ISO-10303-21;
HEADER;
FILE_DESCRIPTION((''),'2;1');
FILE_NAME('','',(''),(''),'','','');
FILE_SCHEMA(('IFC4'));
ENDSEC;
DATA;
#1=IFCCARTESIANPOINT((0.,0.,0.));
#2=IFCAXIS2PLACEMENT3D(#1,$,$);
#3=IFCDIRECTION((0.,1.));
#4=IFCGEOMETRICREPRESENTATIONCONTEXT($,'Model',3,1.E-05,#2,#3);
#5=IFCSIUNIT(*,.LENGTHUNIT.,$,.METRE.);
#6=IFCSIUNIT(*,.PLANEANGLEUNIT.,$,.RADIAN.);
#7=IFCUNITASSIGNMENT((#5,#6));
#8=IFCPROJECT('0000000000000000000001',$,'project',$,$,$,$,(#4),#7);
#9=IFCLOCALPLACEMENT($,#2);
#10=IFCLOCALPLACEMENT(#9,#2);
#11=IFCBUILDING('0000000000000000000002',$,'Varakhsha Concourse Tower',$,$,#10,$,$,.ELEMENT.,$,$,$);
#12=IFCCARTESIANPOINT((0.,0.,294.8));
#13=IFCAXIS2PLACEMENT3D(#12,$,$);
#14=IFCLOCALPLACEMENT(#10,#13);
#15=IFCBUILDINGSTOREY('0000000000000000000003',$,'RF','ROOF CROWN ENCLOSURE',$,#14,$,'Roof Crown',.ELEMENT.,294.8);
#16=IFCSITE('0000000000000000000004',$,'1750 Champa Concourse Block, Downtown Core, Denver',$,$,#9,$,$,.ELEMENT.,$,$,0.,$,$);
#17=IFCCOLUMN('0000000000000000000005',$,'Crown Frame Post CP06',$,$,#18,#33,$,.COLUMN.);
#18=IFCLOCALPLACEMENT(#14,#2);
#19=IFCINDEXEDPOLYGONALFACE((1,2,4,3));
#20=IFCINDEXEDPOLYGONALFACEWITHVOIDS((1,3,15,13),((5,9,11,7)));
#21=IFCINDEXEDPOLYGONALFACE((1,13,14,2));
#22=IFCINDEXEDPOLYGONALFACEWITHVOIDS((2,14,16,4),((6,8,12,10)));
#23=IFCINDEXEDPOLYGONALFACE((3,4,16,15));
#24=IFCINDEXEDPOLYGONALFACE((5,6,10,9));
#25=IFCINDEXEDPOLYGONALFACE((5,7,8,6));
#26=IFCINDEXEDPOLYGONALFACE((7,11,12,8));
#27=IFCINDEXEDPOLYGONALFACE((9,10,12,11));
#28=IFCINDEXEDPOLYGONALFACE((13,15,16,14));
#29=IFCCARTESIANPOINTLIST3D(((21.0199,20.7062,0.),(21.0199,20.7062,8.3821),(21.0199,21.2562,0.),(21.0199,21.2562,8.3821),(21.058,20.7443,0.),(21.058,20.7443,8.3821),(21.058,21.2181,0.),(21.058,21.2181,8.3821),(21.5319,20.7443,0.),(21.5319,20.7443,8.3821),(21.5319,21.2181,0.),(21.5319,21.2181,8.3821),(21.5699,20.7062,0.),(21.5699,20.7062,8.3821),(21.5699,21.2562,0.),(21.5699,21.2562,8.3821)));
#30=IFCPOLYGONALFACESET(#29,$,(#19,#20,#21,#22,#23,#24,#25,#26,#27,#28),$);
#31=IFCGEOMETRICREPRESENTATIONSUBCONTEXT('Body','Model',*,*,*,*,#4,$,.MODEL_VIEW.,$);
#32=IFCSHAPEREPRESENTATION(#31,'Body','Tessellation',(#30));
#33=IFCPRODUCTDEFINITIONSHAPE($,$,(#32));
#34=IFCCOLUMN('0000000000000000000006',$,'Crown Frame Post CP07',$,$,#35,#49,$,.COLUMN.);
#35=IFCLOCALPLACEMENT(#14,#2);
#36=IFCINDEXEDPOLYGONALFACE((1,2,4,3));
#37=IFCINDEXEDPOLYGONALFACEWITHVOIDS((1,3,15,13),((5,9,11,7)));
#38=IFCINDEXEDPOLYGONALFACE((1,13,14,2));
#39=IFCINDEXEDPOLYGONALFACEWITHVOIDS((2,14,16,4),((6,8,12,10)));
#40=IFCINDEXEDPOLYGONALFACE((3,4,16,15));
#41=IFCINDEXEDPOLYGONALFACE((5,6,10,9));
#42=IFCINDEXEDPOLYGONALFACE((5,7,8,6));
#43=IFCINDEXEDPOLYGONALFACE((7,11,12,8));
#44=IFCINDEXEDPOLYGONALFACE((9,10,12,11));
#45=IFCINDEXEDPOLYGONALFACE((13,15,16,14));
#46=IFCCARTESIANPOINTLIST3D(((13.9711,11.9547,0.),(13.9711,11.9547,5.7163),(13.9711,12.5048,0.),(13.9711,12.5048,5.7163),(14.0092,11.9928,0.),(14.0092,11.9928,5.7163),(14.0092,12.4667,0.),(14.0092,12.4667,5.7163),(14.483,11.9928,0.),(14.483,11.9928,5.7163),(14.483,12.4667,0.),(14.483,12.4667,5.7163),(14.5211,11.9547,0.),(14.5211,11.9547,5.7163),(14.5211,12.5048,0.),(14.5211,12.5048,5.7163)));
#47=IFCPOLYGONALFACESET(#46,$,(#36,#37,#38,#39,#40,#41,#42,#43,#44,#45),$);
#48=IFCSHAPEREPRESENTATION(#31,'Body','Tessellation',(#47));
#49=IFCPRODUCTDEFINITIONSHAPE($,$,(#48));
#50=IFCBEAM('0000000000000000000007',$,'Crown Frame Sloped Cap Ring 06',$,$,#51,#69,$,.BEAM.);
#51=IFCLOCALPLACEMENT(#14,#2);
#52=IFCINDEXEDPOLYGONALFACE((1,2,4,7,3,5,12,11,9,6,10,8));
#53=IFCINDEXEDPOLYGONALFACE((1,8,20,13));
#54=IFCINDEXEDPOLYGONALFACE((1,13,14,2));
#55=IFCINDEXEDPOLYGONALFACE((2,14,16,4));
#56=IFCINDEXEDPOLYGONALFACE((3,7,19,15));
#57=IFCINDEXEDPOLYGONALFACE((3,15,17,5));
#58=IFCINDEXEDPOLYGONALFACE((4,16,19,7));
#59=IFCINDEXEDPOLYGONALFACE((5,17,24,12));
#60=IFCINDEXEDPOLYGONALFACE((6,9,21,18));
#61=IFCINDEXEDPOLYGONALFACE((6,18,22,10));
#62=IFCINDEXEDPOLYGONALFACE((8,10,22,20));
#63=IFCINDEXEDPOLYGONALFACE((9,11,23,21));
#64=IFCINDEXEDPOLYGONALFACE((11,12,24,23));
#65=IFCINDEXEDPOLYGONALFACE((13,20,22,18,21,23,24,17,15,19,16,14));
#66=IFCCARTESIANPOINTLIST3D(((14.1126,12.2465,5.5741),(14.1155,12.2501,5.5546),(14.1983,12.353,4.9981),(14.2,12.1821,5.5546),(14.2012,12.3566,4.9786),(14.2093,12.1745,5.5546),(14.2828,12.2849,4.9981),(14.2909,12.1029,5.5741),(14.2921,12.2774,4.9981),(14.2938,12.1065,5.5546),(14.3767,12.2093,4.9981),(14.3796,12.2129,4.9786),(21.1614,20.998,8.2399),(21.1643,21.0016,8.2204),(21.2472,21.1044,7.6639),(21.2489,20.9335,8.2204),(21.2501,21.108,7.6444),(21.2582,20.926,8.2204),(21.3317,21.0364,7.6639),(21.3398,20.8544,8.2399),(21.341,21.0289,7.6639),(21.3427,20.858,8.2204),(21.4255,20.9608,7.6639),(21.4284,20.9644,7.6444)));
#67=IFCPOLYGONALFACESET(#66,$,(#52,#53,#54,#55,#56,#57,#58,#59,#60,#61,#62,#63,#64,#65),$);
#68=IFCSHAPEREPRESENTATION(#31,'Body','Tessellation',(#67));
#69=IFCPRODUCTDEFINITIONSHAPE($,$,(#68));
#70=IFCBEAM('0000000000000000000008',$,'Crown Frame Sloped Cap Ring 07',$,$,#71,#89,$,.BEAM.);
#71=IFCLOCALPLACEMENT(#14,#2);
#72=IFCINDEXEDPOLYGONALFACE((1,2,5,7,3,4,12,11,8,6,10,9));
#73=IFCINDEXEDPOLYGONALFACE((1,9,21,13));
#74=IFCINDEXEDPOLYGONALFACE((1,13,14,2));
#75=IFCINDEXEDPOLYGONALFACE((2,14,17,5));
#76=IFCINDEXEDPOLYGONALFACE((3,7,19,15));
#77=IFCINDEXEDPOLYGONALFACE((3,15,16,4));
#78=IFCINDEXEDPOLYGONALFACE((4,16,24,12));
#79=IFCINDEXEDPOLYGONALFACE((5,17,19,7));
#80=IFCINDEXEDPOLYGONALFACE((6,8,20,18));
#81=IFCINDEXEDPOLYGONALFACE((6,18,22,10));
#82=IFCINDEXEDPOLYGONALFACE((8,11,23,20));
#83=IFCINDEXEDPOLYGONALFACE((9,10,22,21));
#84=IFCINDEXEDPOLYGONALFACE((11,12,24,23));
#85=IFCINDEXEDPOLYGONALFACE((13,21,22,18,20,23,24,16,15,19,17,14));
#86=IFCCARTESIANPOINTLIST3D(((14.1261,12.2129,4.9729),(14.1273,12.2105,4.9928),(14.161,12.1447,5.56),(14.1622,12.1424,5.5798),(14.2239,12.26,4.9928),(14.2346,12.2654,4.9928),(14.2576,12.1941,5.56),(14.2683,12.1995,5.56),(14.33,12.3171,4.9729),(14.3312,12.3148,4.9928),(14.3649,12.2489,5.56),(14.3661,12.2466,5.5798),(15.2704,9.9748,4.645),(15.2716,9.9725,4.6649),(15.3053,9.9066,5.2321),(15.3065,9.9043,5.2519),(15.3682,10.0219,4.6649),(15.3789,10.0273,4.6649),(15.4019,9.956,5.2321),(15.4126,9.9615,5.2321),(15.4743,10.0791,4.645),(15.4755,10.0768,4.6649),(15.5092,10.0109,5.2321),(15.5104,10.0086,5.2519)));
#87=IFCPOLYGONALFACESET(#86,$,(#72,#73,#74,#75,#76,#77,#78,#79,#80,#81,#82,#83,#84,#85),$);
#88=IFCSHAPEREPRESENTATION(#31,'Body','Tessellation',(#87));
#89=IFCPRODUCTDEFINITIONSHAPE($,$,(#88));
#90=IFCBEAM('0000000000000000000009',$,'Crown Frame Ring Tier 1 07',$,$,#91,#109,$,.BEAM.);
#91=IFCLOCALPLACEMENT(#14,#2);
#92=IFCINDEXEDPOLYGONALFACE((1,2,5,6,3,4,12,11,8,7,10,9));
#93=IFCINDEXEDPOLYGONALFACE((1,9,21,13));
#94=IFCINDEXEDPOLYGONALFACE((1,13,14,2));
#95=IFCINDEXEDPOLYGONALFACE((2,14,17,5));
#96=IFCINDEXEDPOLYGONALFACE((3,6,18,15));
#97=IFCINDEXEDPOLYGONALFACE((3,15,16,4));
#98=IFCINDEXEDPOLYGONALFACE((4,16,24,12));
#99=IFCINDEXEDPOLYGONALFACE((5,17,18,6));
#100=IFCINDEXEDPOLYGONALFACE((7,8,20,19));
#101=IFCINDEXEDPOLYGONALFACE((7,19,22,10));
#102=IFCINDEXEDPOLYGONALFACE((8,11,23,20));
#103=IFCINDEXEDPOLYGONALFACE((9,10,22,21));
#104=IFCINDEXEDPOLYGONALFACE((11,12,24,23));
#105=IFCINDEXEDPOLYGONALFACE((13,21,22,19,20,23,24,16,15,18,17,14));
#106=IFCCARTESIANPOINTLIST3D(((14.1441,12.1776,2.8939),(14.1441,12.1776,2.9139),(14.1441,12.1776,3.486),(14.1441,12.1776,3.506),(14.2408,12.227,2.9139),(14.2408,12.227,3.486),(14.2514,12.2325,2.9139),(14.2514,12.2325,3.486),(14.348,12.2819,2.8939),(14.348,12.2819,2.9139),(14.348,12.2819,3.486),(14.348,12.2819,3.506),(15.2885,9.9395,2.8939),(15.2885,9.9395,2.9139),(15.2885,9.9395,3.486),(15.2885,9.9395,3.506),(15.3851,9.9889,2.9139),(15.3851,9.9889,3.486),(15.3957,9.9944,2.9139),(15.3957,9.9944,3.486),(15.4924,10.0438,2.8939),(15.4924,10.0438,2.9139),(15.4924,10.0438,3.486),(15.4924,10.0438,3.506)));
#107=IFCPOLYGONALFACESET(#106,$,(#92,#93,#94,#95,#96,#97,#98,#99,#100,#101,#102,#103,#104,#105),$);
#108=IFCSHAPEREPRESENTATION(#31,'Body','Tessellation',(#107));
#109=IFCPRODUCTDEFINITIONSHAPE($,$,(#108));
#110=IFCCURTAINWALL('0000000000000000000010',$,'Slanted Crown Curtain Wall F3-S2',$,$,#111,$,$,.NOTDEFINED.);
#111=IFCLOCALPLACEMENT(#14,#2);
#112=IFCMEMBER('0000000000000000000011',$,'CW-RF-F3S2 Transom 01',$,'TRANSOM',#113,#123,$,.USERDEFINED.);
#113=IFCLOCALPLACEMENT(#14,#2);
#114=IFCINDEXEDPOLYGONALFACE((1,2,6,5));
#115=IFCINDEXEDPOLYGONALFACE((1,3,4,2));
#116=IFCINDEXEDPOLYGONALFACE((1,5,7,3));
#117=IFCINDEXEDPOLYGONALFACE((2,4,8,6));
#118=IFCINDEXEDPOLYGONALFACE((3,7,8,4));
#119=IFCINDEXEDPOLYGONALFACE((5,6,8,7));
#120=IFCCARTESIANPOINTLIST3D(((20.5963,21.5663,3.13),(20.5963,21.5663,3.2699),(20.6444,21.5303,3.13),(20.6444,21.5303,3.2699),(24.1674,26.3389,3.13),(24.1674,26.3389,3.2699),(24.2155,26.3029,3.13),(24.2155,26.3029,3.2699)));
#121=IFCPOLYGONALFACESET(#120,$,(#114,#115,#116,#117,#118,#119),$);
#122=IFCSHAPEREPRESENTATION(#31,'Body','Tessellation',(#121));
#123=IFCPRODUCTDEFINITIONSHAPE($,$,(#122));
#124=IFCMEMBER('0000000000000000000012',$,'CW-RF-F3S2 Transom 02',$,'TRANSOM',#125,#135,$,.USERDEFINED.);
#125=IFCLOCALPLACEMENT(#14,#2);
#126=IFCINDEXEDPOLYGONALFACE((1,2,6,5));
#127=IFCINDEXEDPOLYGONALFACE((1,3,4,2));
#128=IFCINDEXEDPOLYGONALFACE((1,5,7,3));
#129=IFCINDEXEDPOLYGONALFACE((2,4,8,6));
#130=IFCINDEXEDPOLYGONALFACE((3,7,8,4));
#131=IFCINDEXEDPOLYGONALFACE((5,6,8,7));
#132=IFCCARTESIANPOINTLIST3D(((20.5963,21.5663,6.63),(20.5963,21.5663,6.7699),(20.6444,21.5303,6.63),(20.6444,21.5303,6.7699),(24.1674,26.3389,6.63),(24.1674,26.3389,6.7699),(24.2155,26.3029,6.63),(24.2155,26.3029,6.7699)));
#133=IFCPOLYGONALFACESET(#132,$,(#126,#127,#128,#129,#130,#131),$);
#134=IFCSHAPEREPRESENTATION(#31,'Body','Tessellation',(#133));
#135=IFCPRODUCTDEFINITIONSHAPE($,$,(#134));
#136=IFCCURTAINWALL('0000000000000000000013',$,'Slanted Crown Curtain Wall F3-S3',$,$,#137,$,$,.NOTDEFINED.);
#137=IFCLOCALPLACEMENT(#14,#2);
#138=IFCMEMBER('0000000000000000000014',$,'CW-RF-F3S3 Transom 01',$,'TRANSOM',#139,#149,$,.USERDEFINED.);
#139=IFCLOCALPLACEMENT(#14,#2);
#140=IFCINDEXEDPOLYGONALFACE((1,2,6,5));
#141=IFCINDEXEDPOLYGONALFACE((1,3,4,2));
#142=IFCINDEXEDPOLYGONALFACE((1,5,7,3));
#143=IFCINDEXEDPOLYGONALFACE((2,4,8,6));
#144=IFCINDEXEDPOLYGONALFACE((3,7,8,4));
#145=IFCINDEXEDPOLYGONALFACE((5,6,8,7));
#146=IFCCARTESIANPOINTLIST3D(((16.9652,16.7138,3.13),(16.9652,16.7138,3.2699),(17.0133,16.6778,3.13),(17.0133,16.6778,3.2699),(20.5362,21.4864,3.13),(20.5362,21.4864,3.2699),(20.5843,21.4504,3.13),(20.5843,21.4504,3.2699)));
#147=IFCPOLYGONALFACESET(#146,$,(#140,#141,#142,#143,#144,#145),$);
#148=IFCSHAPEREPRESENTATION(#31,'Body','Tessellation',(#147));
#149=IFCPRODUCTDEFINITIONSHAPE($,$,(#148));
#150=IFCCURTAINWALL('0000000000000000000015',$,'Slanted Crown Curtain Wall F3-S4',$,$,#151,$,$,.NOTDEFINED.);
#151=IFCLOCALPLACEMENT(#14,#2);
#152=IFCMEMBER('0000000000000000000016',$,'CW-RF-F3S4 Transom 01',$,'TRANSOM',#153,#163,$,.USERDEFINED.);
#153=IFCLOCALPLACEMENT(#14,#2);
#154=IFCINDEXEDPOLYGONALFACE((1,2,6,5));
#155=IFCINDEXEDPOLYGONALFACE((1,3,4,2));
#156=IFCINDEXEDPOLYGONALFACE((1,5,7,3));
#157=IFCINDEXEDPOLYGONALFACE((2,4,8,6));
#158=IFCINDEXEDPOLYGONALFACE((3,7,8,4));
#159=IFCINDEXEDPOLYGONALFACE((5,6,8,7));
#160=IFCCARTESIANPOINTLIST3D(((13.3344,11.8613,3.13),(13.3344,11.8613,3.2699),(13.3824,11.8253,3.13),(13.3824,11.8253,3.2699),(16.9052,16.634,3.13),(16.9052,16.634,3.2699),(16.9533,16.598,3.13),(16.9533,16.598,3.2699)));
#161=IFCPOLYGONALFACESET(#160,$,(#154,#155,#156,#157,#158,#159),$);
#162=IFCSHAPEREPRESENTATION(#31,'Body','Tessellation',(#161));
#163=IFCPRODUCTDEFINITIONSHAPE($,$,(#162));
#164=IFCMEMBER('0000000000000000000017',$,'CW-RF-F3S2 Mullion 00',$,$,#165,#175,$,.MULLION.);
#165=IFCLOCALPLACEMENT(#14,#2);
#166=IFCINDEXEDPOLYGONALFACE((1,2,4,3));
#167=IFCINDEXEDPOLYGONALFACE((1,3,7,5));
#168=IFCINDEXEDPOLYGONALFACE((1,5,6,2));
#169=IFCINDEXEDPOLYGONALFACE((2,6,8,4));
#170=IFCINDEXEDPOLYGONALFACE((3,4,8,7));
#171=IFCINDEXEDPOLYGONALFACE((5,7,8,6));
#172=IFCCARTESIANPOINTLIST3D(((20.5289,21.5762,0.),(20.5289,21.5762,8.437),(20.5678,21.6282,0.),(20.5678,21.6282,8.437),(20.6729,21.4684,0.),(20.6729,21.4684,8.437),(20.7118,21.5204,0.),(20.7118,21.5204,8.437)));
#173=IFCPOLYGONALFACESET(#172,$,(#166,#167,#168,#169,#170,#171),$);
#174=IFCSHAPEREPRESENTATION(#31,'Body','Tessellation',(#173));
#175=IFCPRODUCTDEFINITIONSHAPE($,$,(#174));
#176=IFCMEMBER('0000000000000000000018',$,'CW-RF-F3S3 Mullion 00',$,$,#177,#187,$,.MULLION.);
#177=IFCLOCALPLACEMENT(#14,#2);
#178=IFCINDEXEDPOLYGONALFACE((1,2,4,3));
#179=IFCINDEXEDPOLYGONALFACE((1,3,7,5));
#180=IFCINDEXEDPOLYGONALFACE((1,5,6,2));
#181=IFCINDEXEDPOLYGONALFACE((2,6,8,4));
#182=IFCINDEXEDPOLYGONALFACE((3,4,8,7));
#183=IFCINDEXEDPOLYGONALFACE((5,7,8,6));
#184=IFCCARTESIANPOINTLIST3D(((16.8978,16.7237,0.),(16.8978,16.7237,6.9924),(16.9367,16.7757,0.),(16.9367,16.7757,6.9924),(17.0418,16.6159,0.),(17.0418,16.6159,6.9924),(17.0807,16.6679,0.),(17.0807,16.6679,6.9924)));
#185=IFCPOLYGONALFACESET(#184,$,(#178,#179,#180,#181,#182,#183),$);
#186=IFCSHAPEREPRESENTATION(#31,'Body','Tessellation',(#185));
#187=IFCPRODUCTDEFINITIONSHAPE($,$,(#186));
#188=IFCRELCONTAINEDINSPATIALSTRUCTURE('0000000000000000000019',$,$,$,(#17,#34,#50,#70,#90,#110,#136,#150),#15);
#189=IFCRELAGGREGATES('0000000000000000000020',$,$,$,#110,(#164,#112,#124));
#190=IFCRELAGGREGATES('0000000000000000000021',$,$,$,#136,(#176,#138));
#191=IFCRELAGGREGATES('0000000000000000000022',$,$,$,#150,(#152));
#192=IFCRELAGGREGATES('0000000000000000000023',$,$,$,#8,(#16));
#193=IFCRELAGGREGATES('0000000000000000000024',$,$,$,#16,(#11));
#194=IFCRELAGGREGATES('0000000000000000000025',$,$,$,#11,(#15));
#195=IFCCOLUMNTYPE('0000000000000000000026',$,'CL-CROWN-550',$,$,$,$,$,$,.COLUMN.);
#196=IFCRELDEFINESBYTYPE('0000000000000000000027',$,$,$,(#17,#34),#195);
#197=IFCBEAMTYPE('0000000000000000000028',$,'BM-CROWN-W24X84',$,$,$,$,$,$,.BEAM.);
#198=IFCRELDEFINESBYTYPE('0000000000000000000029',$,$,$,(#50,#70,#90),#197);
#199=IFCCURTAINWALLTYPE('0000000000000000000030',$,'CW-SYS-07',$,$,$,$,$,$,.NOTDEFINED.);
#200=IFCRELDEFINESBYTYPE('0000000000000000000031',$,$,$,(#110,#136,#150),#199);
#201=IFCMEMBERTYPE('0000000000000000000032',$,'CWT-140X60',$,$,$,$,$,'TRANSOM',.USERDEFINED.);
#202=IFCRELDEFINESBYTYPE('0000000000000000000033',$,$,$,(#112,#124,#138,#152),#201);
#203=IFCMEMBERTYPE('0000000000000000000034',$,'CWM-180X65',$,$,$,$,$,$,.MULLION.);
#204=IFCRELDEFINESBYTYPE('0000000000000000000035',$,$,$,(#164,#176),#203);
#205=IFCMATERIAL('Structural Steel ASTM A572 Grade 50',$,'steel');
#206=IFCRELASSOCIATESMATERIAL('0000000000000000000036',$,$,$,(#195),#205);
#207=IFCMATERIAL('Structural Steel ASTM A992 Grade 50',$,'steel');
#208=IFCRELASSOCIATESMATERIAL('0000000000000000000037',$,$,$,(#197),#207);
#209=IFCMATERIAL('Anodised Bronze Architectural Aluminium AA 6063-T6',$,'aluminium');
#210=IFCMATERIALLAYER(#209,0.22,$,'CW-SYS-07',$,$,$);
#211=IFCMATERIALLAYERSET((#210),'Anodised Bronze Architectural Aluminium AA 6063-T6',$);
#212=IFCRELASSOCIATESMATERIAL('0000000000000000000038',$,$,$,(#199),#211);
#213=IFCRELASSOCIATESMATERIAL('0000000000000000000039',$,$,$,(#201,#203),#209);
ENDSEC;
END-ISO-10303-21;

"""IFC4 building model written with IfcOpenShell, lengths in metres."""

from ifc_helpers import new_model, si_unit, direction, frame, origin, origin_2d, place, context, subcontext, project, spatial, rectangle, hollow_rectangle, i_section, extrude, source, transform, mapped, material, layer, layer_set, material_profile, profile_set, type_object, type_shapes, element, aggregate, save


model = new_model("IFC4")

# Units and contexts
model_context = context("Model", 3, precision=1e-05, world=origin(), true_north=direction((0.0, 1.0)))
body_context = subcontext(model_context, "Body", "Model", "MODEL_VIEW")
ifc_project = project(units=[si_unit("LENGTHUNIT", "METRE"), si_unit("PLANEANGLEUNIT", "RADIAN")], contexts=[model_context])

# Site, building, storey
site_placement = place(None, origin())
site = spatial("IfcSite", under=ifc_project, at=site_placement, Name="1750 Champa Concourse Block, Downtown Core, Denver", CompositionType="ELEMENT", RefElevation=0.0)
building_placement = place(site_placement, origin())
building = spatial("IfcBuilding", under=site, at=building_placement, Name="Varakhsha Concourse Tower", CompositionType="ELEMENT")
storey_placement = place(building_placement, frame((0.0, 0.0, 294.8)))
storey = spatial("IfcBuildingStorey", under=building, at=storey_placement, Name="RF", Description="ROOF CROWN ENCLOSURE", LongName="Roof Crown", CompositionType="ELEMENT", Elevation=294.8)

# Columns
ifc_material_1 = material(Name="Structural Steel ASTM A572 Grade 50", Category="steel")
ifc_material_profile_1 = material_profile(ifc_material_1, hollow_rectangle(XDim=0.55, YDim=0.55, WallThickness=0.0381, at=origin_2d()), Name="BOX 550x550x38")
ifc_profile_set_1 = profile_set([ifc_material_profile_1], Name="Structural Steel ASTM A572 Grade 50")
column_type = type_object("IfcColumnType", Name="CL-CROWN-550", PredefinedType="COLUMN", material=ifc_profile_set_1)
column_1_placement = place(storey_placement, frame((21.2949, 20.9812, 0.0), z_axis=(0.0, 0.0, 1.0), x_axis=(1.0, 0.0, 0.0)))
element("IfcColumn", 1, at=column_1_placement, inside=storey, type_object=column_type, Name="Crown Frame Post CP06", PredefinedType="COLUMN", context=body_context, shape_type="SweptSolid", body=[
    extrude(hollow_rectangle(XDim=0.55, YDim=0.55, WallThickness=0.0381, at=origin_2d()), origin(), (0.0, 0.0, 1.0), 8.3821),
])
column_2_placement = place(storey_placement, frame((14.2461, 12.2297, 0.0), z_axis=(0.0, 0.0, 1.0), x_axis=(1.0, 0.0, 0.0)))
element("IfcColumn", 2, at=column_2_placement, inside=storey, type_object=column_type, Name="Crown Frame Post CP07", PredefinedType="COLUMN", context=body_context, shape_type="SweptSolid", body=[
    extrude(hollow_rectangle(XDim=0.55, YDim=0.55, WallThickness=0.0381, at=origin_2d()), origin(), (0.0, 0.0, 1.0), 5.7163),
])

# Beams
ifc_material_2 = material(Name="Structural Steel ASTM A992 Grade 50", Category="steel")
ifc_material_profile_2 = material_profile(ifc_material_2, i_section(OverallWidth=0.229, OverallDepth=0.6121, WebThickness=0.012, FlangeThickness=0.02, at=origin_2d()), Name="W24X84")
ifc_profile_set_2 = profile_set([ifc_material_profile_2], Name="Structural Steel ASTM A992 Grade 50")
beam_type = type_object("IfcBeamType", Name="BM-CROWN-W24X84", PredefinedType="BEAM", material=ifc_profile_set_2)
beam_1_placement = place(storey_placement, frame((21.2949, 20.9812, 7.9421), z_axis=(-0.610339, -0.757765, -0.230822), x_axis=(0.778796, -0.627278, 0.0)))
element("IfcBeam", 3, at=beam_1_placement, inside=storey, type_object=beam_type, Name="Crown Frame Sloped Cap Ring 06", PredefinedType="BEAM", context=body_context, shape_type="SweptSolid", body=[
    extrude(i_section(OverallWidth=0.229, OverallDepth=0.6121, WebThickness=0.012, FlangeThickness=0.02, at=origin_2d()), origin(), (0.0, 0.0, 1.0), 11.5491),
])
beam_2_placement = place(storey_placement, frame((14.2461, 12.2297, 5.2764), z_axis=(0.451413, -0.88289, -0.129347), x_axis=(0.89037, 0.455238, 0.0)))
element("IfcBeam", 4, at=beam_2_placement, inside=storey, type_object=beam_type, Name="Crown Frame Sloped Cap Ring 07", PredefinedType="BEAM", context=body_context, shape_type="SweptSolid", body=[
    extrude(i_section(OverallWidth=0.229, OverallDepth=0.6121, WebThickness=0.012, FlangeThickness=0.02, at=origin_2d()), origin(), (0.0, 0.0, 1.0), 2.5349),
])
beam_3_placement = place(storey_placement, frame((14.2461, 12.2297, 3.2), z_axis=(0.455238, -0.89037, 0.0), x_axis=(0.89037, 0.455238, 0.0)))
element("IfcBeam", 5, at=beam_3_placement, inside=storey, type_object=beam_type, Name="Crown Frame Ring Tier 1 07", PredefinedType="BEAM", context=body_context, shape_type="SweptSolid", body=[
    extrude(i_section(OverallWidth=0.229, OverallDepth=0.6121, WebThickness=0.012, FlangeThickness=0.02, at=origin_2d()), origin(), (0.0, 0.0, 1.0), 2.5137),
])

# Curtain wall, members
ifc_material_3 = material(Name="Anodised Bronze Architectural Aluminium AA 6063-T6", Category="aluminium")
ifc_layer_1 = layer(ifc_material_3, 0.22, Name="CW-SYS-07")
ifc_layer_set_1 = layer_set([ifc_layer_1], Name="Anodised Bronze Architectural Aluminium AA 6063-T6")
curtain_wall_type = type_object("IfcCurtainWallType", Name="CW-SYS-07", PredefinedType="NOTDEFINED", material=ifc_layer_set_1)
curtain_wall_1_placement = place(storey_placement, origin())
curtain_wall_1 = element("IfcCurtainWall", 6, at=curtain_wall_1_placement, inside=storey, type_object=curtain_wall_type, Name="Slanted Crown Curtain Wall F3-S2", PredefinedType="NOTDEFINED")
ifc_material_profile_3 = material_profile(ifc_material_3, rectangle(XDim=0.0601, YDim=0.1399, at=origin_2d()), Name="CWT-140X60")
ifc_profile_set_3 = profile_set([ifc_material_profile_3], Name="Anodised Bronze Architectural Aluminium AA 6063-T6")
member_type_1 = type_object("IfcMemberType", Name="CWT-140X60", ElementType="TRANSOM", PredefinedType="USERDEFINED", material=ifc_profile_set_3)
shared_shape_1 = source(origin(), body_context, "Body", "SweptSolid", [
    extrude(rectangle(XDim=0.0601, YDim=0.1399, at=origin_2d()), origin(), (0.0, 0.0, 1.0), 5.9607),
])
type_shapes(member_type_1, [shared_shape_1])
member_1_placement = place(storey_placement, frame((20.6204, 21.5483, 3.2), z_axis=(0.599108, 0.800668, 0.0), x_axis=(-0.800668, 0.599108, 0.0)))
member_1 = element("IfcMember", 7, at=member_1_placement, type_object=member_type_1, Name="CW-RF-F3S2 Transom 01", ObjectType="TRANSOM", PredefinedType="USERDEFINED", context=body_context, shape_type="MappedRepresentation", body=[
    mapped(shared_shape_1, transform((0.0, 0.0, 0.0), scale=1.0)),
])
member_2_placement = place(storey_placement, frame((20.6204, 21.5483, 6.7), z_axis=(0.599108, 0.800668, 0.0), x_axis=(-0.800668, 0.599108, 0.0)))
member_2 = element("IfcMember", 8, at=member_2_placement, type_object=member_type_1, Name="CW-RF-F3S2 Transom 02", ObjectType="TRANSOM", PredefinedType="USERDEFINED", context=body_context, shape_type="MappedRepresentation", body=[
    mapped(shared_shape_1, transform((0.0, 0.0, 0.0), scale=1.0)),
])

# Curtain walls, members
curtain_wall_2_placement = place(storey_placement, origin())
curtain_wall_2 = element("IfcCurtainWall", 9, at=curtain_wall_2_placement, inside=storey, type_object=curtain_wall_type, Name="Slanted Crown Curtain Wall F3-S3", PredefinedType="NOTDEFINED")
member_3_placement = place(storey_placement, frame((16.9893, 16.6958, 3.2), z_axis=(0.599089, 0.800683, 0.0), x_axis=(-0.800683, 0.599089, 0.0)))
member_3 = element("IfcMember", 10, at=member_3_placement, type_object=member_type_1, Name="CW-RF-F3S3 Transom 01", ObjectType="TRANSOM", PredefinedType="USERDEFINED", context=body_context, shape_type="MappedRepresentation", body=[
    mapped(shared_shape_1, transform((0.0, 0.0, 0.0), scale=1.0)),
])
curtain_wall_3_placement = place(storey_placement, origin())
curtain_wall_3 = element("IfcCurtainWall", 11, at=curtain_wall_3_placement, inside=storey, type_object=curtain_wall_type, Name="Slanted Crown Curtain Wall F3-S4", PredefinedType="NOTDEFINED")
member_4_placement = place(storey_placement, frame((13.3584, 11.8433, 3.2), z_axis=(0.599062, 0.800702, 0.0), x_axis=(-0.800702, 0.599062, 0.0)))
member_4 = element("IfcMember", 12, at=member_4_placement, type_object=member_type_1, Name="CW-RF-F3S4 Transom 01", ObjectType="TRANSOM", PredefinedType="USERDEFINED", context=body_context, shape_type="MappedRepresentation", body=[
    mapped(shared_shape_1, transform((0.0, 0.0, 0.0), scale=1.0)),
])

# Members
ifc_material_profile_4 = material_profile(ifc_material_3, rectangle(XDim=0.0649, YDim=0.1799, at=origin_2d()), Name="CWM-180X65")
ifc_profile_set_4 = profile_set([ifc_material_profile_4], Name="Anodised Bronze Architectural Aluminium AA 6063-T6")
member_type_2 = type_object("IfcMemberType", Name="CWM-180X65", PredefinedType="MULLION", material=ifc_profile_set_4)
shared_shape_2 = source(origin(), body_context, "Body", "SweptSolid", [
    extrude(rectangle(XDim=0.0649, YDim=0.1799, at=origin_2d()), origin(), (0.0, 0.0, 1.0), 8.437),
])
member_5_placement = place(storey_placement, frame((20.6204, 21.5483, 0.0), z_axis=(0.0, 0.0, 1.0), x_axis=(0.5991, 0.800674, 0.0)))
member_5 = element("IfcMember", 13, at=member_5_placement, type_object=member_type_2, Name="CW-RF-F3S2 Mullion 00", PredefinedType="MULLION", context=body_context, shape_type="MappedRepresentation", body=[
    mapped(shared_shape_2, transform((0.0, 0.0, 0.0), scale=1.0)),
])
aggregate(curtain_wall_1, [member_5, member_1, member_2])
shared_shape_3 = source(origin(), body_context, "Body", "SweptSolid", [
    extrude(rectangle(XDim=0.0649, YDim=0.1799, at=origin_2d()), origin(), (0.0, 0.0, 1.0), 6.9924),
])
member_6_placement = place(storey_placement, frame((16.9893, 16.6958, 0.0), z_axis=(0.0, 0.0, 1.0), x_axis=(0.5991, 0.800674, 0.0)))
member_6 = element("IfcMember", 14, at=member_6_placement, type_object=member_type_2, Name="CW-RF-F3S3 Mullion 00", PredefinedType="MULLION", context=body_context, shape_type="MappedRepresentation", body=[
    mapped(shared_shape_3, transform((0.0, 0.0, 0.0), scale=1.0)),
])

aggregate(curtain_wall_2, [member_6, member_3])
aggregate(curtain_wall_3, [member_4])

save(model, "model.ifc")
